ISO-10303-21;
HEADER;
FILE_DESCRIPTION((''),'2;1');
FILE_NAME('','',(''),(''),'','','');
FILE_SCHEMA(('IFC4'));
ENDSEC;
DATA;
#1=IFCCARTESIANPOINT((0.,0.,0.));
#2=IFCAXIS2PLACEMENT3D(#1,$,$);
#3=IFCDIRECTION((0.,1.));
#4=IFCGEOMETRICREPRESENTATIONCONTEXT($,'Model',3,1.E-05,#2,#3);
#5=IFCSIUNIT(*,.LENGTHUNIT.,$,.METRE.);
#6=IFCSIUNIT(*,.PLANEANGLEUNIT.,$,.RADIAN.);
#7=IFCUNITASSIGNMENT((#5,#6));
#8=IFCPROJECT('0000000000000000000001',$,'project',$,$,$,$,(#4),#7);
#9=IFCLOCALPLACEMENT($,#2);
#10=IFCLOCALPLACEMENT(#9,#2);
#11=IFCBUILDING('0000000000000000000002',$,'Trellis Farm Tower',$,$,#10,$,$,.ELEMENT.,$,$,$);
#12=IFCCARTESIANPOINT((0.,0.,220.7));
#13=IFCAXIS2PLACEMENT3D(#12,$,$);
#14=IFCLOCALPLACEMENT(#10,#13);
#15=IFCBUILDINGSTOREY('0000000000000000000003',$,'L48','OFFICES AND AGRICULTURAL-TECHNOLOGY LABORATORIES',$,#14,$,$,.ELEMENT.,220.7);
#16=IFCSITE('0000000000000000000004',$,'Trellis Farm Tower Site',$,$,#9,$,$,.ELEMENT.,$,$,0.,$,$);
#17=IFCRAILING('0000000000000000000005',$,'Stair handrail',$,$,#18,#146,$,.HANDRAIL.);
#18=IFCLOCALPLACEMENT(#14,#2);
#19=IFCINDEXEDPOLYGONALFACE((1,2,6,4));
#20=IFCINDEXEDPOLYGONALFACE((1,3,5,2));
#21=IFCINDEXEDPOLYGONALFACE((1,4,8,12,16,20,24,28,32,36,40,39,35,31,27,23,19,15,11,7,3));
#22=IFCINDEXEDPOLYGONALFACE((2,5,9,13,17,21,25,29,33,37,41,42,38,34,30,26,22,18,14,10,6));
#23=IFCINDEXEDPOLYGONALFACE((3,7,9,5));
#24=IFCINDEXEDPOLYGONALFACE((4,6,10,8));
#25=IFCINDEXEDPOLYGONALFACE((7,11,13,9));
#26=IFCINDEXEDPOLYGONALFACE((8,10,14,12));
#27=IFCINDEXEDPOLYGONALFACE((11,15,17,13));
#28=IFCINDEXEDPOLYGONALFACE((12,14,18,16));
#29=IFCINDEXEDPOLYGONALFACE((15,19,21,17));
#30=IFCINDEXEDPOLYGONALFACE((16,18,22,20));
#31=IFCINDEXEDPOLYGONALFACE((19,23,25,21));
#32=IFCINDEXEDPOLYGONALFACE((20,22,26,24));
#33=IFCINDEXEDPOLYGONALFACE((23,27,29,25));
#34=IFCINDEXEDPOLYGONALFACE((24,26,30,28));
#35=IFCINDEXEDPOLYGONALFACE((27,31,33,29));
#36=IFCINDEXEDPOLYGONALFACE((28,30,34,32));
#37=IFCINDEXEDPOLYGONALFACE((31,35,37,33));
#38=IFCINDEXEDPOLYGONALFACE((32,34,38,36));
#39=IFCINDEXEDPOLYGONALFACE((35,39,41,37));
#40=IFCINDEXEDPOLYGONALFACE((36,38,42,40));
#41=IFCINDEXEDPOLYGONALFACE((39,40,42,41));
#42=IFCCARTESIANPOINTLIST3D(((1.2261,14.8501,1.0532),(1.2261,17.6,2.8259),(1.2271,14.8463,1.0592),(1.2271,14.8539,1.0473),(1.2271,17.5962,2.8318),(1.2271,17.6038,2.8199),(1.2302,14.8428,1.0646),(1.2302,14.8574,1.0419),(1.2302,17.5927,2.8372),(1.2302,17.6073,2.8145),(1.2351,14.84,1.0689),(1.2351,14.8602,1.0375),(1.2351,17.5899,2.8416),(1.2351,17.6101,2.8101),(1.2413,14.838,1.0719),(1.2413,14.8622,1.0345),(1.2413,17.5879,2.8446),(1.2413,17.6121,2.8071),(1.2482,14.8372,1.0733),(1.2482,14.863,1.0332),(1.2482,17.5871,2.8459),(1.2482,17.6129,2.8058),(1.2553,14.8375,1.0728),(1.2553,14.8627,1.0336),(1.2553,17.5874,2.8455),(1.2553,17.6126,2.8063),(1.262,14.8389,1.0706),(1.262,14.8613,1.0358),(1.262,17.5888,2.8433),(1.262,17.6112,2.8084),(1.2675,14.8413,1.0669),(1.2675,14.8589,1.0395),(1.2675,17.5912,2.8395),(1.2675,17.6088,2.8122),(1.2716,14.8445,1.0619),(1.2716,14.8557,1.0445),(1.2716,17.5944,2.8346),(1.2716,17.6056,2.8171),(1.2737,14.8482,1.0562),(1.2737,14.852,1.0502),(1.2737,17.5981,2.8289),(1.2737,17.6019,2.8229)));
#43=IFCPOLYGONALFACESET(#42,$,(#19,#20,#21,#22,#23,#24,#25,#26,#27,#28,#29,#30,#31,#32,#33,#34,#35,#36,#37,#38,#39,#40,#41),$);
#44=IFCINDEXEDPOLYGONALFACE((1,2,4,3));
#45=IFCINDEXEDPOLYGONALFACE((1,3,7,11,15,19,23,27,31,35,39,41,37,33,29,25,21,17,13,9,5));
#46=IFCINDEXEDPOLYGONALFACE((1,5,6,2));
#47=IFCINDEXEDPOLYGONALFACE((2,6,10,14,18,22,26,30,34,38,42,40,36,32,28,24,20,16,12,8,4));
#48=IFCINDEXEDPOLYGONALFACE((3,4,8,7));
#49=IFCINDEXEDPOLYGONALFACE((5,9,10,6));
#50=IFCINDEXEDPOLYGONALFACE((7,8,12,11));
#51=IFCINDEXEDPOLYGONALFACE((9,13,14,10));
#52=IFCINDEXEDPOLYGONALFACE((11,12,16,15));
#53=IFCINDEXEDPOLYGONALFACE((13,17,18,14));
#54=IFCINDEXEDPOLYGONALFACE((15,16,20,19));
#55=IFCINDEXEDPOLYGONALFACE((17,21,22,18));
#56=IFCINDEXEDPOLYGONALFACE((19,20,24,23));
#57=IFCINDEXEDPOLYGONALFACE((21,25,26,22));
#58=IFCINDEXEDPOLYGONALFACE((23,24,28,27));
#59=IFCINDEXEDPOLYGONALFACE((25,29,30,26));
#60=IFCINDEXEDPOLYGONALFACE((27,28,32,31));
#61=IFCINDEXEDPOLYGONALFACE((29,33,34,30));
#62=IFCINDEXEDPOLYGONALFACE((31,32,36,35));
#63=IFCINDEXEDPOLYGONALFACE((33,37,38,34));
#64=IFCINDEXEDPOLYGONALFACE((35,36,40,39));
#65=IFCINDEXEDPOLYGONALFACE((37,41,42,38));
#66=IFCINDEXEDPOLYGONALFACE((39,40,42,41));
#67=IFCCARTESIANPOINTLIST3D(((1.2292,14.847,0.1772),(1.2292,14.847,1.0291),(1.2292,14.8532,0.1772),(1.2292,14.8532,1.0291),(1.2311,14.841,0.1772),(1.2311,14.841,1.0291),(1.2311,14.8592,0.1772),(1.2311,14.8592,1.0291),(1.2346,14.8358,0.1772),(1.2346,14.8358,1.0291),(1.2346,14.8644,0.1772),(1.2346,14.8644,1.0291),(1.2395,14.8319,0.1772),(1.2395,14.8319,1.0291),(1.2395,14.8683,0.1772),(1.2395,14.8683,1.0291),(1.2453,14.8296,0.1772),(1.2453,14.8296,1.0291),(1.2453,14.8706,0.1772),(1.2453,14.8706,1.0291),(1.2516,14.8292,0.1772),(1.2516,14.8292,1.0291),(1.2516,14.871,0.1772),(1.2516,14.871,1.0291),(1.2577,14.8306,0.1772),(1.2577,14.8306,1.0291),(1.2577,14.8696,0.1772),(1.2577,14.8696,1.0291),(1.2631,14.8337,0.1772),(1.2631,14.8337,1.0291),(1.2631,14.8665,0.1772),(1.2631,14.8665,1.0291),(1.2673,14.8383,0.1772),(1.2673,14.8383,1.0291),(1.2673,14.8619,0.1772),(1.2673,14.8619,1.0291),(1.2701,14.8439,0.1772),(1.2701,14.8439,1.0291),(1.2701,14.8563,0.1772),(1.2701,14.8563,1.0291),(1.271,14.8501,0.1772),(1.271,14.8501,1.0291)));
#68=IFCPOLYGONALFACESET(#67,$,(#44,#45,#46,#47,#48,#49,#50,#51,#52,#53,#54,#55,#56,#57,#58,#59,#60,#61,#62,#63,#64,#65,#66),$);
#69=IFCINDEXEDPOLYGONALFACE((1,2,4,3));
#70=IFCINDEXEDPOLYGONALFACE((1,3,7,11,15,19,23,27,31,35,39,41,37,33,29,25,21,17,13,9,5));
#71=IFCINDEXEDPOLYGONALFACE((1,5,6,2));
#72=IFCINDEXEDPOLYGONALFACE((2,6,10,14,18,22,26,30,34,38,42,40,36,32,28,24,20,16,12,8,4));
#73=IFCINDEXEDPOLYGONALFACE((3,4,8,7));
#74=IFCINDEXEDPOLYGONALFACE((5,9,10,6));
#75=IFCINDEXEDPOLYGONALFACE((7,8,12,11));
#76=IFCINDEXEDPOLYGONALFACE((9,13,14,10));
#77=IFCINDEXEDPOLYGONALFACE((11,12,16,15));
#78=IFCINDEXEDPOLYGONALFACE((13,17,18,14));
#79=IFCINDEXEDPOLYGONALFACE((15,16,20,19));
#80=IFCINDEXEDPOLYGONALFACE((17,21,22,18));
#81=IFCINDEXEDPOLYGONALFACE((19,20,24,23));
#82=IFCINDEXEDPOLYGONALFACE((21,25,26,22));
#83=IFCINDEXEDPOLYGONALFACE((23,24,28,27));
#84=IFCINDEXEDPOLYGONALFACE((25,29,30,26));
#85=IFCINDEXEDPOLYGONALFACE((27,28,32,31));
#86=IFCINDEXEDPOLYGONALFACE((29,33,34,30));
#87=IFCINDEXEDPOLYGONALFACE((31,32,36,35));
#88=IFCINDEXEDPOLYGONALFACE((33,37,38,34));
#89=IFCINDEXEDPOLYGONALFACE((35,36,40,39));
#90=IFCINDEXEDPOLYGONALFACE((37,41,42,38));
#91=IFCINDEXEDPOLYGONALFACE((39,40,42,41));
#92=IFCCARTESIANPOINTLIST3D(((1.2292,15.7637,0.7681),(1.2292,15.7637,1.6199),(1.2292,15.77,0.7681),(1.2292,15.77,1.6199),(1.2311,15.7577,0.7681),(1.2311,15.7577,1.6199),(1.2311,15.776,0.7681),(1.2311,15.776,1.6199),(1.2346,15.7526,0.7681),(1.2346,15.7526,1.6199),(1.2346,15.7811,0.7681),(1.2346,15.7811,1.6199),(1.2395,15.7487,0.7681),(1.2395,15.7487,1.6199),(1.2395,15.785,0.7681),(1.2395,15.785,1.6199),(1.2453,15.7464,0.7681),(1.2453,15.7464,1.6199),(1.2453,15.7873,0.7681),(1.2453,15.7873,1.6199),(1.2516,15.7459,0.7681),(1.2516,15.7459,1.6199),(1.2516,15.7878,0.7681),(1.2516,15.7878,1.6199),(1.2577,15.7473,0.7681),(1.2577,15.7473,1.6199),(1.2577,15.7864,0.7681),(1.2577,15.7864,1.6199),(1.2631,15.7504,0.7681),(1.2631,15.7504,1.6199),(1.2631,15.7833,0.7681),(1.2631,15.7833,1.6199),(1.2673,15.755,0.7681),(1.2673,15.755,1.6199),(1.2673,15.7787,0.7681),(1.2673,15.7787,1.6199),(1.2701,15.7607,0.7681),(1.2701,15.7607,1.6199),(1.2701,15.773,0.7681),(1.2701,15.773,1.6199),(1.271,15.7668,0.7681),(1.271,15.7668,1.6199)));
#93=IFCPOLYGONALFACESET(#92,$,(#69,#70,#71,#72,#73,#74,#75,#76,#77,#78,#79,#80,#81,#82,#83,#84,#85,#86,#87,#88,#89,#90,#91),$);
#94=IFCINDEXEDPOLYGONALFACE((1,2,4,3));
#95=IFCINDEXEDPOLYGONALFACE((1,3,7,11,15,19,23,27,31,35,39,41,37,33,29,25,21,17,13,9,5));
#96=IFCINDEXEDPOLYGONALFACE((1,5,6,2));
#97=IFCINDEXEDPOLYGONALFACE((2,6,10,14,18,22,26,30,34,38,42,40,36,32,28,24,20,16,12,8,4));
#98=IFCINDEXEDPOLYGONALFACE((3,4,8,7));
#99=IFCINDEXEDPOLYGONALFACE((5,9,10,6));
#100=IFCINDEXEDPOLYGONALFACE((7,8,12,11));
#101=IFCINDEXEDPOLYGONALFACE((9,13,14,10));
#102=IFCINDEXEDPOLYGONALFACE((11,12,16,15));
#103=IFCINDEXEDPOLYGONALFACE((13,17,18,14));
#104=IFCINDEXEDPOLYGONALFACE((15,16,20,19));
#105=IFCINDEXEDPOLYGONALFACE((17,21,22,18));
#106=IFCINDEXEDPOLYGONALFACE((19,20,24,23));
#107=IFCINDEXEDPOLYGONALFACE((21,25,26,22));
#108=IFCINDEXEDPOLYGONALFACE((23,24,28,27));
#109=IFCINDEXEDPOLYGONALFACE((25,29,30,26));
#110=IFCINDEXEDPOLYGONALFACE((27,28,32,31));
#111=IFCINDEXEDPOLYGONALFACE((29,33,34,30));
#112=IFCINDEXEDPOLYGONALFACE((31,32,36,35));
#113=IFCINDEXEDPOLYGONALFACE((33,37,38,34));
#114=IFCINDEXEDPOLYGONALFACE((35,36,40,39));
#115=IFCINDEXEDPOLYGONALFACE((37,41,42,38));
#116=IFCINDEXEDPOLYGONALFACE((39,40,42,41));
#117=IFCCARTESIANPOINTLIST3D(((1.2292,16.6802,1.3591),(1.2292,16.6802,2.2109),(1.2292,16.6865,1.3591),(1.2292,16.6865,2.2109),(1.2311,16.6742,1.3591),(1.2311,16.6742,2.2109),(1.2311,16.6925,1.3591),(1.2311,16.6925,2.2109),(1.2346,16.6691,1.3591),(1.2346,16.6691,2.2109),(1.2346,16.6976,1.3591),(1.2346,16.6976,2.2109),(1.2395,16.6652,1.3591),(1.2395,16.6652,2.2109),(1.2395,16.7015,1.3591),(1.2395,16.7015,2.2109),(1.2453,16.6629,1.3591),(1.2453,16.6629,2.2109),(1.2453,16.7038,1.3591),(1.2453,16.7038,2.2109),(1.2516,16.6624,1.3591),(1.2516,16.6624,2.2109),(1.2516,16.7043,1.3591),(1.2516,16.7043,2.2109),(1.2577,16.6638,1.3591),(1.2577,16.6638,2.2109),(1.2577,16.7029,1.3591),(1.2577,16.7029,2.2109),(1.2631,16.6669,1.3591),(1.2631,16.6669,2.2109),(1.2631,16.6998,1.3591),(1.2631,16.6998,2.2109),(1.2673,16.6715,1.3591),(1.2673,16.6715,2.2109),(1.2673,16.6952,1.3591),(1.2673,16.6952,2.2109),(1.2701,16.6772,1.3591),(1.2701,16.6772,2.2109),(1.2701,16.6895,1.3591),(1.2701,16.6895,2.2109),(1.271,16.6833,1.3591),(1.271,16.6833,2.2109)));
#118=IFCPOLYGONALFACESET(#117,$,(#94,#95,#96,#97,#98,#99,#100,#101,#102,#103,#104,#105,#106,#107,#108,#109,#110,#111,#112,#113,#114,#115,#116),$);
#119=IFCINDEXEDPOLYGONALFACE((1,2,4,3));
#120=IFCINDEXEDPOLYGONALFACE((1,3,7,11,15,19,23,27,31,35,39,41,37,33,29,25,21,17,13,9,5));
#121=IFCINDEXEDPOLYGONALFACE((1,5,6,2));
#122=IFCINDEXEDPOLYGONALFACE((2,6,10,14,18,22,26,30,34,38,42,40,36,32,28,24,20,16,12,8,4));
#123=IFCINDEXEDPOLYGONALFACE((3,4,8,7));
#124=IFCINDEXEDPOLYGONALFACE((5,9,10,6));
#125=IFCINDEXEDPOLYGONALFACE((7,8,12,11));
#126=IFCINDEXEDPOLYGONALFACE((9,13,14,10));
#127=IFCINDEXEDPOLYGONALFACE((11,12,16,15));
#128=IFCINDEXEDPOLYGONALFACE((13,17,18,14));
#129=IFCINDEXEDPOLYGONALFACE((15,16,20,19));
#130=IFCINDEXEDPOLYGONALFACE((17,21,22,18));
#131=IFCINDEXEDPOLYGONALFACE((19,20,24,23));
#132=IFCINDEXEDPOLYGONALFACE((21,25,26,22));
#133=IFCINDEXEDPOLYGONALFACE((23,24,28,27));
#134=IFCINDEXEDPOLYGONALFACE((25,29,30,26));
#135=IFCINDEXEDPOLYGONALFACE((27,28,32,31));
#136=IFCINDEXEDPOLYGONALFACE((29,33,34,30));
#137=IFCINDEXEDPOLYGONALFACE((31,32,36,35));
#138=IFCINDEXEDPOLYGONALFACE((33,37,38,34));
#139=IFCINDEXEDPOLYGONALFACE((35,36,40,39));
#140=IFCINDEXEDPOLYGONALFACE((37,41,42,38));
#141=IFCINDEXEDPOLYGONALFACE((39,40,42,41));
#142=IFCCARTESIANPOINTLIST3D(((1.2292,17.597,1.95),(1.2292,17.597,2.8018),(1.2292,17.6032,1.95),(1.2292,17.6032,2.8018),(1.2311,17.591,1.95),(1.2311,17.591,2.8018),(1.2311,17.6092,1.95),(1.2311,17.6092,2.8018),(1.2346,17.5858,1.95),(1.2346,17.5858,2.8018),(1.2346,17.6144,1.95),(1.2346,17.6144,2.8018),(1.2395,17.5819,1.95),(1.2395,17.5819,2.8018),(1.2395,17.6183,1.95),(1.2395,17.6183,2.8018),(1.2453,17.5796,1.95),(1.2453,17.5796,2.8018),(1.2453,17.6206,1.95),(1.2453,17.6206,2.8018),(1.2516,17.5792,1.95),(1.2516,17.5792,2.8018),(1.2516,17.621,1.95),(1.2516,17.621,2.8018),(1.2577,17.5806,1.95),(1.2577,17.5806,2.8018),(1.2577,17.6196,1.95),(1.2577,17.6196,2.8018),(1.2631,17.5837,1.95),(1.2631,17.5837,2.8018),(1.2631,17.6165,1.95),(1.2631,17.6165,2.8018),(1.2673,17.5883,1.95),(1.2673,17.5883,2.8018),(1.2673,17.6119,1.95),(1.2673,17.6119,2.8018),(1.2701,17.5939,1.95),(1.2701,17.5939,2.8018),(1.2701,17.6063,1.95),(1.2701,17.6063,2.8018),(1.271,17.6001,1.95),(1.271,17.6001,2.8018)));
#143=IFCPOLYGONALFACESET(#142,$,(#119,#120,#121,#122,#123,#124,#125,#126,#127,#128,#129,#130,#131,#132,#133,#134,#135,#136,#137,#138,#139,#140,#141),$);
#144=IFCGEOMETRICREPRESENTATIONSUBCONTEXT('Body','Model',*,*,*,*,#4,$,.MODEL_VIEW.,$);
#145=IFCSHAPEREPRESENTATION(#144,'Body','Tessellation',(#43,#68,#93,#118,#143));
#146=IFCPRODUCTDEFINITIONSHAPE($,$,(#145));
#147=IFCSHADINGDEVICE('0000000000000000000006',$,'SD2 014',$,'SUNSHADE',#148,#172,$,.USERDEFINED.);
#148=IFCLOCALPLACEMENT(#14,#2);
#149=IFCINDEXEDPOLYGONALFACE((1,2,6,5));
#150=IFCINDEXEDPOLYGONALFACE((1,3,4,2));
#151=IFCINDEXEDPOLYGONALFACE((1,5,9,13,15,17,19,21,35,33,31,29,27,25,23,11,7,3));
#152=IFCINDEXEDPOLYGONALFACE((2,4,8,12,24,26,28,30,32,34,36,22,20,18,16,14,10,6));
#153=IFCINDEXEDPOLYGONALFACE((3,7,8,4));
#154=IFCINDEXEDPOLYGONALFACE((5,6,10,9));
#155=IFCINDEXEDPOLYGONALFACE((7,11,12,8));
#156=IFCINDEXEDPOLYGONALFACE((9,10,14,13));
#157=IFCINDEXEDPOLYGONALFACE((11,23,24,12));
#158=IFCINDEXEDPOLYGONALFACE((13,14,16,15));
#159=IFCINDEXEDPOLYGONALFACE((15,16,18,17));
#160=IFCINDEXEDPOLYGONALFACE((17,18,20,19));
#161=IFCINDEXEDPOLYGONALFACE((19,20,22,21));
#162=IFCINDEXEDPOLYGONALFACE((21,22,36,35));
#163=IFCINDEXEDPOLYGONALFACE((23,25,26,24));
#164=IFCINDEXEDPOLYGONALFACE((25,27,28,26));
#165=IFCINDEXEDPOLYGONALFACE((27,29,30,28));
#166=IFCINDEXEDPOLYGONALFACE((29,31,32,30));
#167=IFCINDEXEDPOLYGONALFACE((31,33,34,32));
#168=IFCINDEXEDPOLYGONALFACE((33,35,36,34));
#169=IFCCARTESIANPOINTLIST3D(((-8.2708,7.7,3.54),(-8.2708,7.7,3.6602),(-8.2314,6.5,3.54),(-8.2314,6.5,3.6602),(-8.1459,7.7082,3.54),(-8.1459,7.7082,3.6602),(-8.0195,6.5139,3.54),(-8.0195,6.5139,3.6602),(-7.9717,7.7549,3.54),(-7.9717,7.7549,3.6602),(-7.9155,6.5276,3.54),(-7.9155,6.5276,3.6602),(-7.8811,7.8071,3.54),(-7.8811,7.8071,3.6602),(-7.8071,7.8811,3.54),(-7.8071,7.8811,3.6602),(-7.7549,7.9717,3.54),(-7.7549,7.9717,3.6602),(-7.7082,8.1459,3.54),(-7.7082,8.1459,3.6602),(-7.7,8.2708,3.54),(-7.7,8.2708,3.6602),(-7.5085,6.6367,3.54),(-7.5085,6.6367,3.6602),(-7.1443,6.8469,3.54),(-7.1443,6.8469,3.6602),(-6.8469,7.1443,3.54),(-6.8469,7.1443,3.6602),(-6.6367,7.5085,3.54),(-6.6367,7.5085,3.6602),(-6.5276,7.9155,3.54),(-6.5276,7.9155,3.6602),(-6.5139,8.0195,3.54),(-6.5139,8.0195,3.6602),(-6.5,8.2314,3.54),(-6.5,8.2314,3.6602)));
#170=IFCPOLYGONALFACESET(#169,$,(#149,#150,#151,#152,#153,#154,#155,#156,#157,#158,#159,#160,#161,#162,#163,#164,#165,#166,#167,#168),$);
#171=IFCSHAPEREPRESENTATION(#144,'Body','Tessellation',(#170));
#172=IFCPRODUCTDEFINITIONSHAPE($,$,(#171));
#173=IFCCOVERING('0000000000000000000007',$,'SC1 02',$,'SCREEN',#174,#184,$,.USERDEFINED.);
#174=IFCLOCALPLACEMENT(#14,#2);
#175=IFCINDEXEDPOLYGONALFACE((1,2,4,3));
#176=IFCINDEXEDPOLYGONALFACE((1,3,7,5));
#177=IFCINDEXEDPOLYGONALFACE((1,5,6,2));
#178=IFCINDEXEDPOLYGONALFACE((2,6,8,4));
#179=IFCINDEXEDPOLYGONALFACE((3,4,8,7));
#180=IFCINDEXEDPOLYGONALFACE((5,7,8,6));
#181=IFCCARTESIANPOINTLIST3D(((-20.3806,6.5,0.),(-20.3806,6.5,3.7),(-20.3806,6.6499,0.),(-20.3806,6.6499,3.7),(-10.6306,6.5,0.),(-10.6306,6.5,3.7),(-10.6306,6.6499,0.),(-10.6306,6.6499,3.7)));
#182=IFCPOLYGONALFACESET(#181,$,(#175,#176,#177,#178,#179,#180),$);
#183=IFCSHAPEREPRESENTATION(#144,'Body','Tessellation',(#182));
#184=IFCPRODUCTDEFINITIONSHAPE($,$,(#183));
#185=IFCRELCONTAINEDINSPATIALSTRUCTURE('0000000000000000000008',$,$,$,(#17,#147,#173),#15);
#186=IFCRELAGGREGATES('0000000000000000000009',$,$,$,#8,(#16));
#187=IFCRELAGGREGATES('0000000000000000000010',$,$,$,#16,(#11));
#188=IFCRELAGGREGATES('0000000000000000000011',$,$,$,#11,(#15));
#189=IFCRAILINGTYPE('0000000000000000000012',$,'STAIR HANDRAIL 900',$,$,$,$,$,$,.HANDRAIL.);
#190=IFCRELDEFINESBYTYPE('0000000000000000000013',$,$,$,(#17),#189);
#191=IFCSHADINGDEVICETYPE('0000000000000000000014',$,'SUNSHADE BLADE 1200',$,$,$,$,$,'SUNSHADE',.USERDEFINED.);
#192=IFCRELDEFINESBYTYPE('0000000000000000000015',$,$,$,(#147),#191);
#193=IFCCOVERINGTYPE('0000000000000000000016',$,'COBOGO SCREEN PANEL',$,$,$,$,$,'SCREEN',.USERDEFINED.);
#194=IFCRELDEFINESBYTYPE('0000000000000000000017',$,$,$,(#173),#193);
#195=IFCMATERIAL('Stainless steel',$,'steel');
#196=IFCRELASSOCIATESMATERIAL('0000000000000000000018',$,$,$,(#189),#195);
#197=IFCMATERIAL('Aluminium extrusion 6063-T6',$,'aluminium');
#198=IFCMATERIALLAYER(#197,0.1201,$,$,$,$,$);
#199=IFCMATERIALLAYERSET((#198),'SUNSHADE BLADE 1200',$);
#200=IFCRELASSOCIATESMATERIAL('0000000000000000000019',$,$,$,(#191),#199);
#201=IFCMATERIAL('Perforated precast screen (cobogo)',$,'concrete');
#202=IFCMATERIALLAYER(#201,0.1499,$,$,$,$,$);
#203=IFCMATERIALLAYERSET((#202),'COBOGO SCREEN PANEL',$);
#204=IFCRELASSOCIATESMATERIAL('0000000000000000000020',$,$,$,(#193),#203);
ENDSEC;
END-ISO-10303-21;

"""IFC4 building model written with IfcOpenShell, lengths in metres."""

from ifc_helpers import new_model, si_unit, direction, frame, origin, origin_2d, place, context, subcontext, project, spatial, polyline, circle, outline, extrude, source, transform, mapped, material, layer, layer_set, type_object, element, save


model = new_model("IFC4")

# Units and contexts
model_context = context("Model", 3, precision=1e-05, world=origin(), true_north=direction((0.0, 1.0)))
body_context = subcontext(model_context, "Body", "Model", "MODEL_VIEW")
ifc_project = project(units=[si_unit("LENGTHUNIT", "METRE"), si_unit("PLANEANGLEUNIT", "RADIAN")], contexts=[model_context])

# Site, building, storey
site_placement = place(None, origin())
site = spatial("IfcSite", under=ifc_project, at=site_placement, Name="Trellis Farm Tower Site", CompositionType="ELEMENT", RefElevation=0.0)
building_placement = place(site_placement, origin())
building = spatial("IfcBuilding", under=site, at=building_placement, Name="Trellis Farm Tower", CompositionType="ELEMENT")
storey_placement = place(building_placement, frame((0.0, 0.0, 220.7)))
storey = spatial("IfcBuildingStorey", under=building, at=storey_placement, Name="L48", Description="OFFICES AND AGRICULTURAL-TECHNOLOGY LABORATORIES", CompositionType="ELEMENT", Elevation=220.7)

# Shared definitions
placement_1 = place(storey_placement, origin())
ifc_material_1 = material(Name="Aluminium extrusion 6063-T6", Category="aluminium")

# Railing
ifc_material_2 = material(Name="Stainless steel", Category="steel")
railing_type = type_object("IfcRailingType", Name="STAIR HANDRAIL 900", PredefinedType="HANDRAIL", material=ifc_material_2)
shared_shape_1 = source(origin(), body_context, "Body", "SweptSolid", [
    extrude(circle(Radius=0.0239, at=origin_2d()), frame((0.0, 0.0, 0.876), z_axis=(0.0, 0.840504, 0.541806), x_axis=(-1.0, 0.0, 0.0)), (0.0, 0.0, 1.0), 3.2717),
    extrude(circle(Radius=0.021, at=origin_2d()), origin(), (0.0, 0.0, 1.0), 0.8518),
    extrude(circle(Radius=0.021, at=origin_2d()), frame((0.0, 0.9167, 0.5908)), (0.0, 0.0, 1.0), 0.8518),
    extrude(circle(Radius=0.021, at=origin_2d()), frame((0.0, 1.8333, 1.1819)), (0.0, 0.0, 1.0), 0.8518),
    extrude(circle(Radius=0.021, at=origin_2d()), frame((0.0, 2.75, 1.7727)), (0.0, 0.0, 1.0), 0.8518),
])
railing_placement = place(storey_placement, frame((1.25, 14.8501, 0.1772)))
element("IfcRailing", 1, at=railing_placement, inside=storey, type_object=railing_type, Name="Stair handrail", PredefinedType="HANDRAIL", context=body_context, shape_type="MappedRepresentation", body=[
    mapped(shared_shape_1, transform((0.0, 0.0, 0.0))),
])

# Shading device
ifc_layer_1 = layer(ifc_material_1, 0.1201)
ifc_layer_set_1 = layer_set([ifc_layer_1], Name="SUNSHADE BLADE 1200")
shading_device_type_1 = type_object("IfcShadingDeviceType", Name="SUNSHADE BLADE 1200", ElementType="SUNSHADE", PredefinedType="USERDEFINED", material=ifc_layer_set_1)
shared_shape_2 = source(origin(), body_context, "Body", "SweptSolid", [
    extrude(outline(polyline([(-7.7, 8.2708), (-7.7087, 8.1372), (-7.707, 8.1501), (-7.7549, 7.9717), (-7.8071, 7.8811), (-7.8811, 7.8071), (-7.9717, 7.7549), (-8.1501, 7.707), (-8.1372, 7.7087), (-8.2708, 7.7), (-8.2314, 6.5), (-8.0195, 6.5139), (-7.9155, 6.5276), (-7.5085, 6.6367), (-7.1443, 6.8469), (-6.8469, 7.1443), (-6.6367, 7.5085), (-6.5276, 7.9155), (-6.5139, 8.0195), (-6.5, 8.2314), (-7.7, 8.2708)])), origin(), (0.0, 0.0, 1.0), 0.1201),
])
placement_2 = place(storey_placement, frame((0.0, 0.0, 3.54)))
element("IfcShadingDevice", 2, at=placement_2, inside=storey, type_object=shading_device_type_1, Name="SD2 014", ObjectType="SUNSHADE", PredefinedType="USERDEFINED", context=body_context, shape_type="MappedRepresentation", body=[
    mapped(shared_shape_2, transform((0.0, 0.0, 0.0))),
])

# Covering
ifc_material_3 = material(Name="Perforated precast screen (cobogo)", Category="concrete")
ifc_layer_2 = layer(ifc_material_3, 0.1499)
ifc_layer_set_2 = layer_set([ifc_layer_2], Name="COBOGO SCREEN PANEL")
covering_type = type_object("IfcCoveringType", Name="COBOGO SCREEN PANEL", ElementType="SCREEN", PredefinedType="USERDEFINED", material=ifc_layer_set_2)
shared_shape_3 = source(origin(), body_context, "Body", "SweptSolid", [
    extrude(outline(polyline([(-10.6306, 6.6499), (-20.3806, 6.6499), (-20.3806, 6.5), (-10.6306, 6.5), (-10.6306, 6.6499)])), origin(), (0.0, 0.0, 1.0), 3.7),
])
element("IfcCovering", 3, at=placement_1, inside=storey, type_object=covering_type, Name="SC1 02", ObjectType="SCREEN", PredefinedType="USERDEFINED", context=body_context, shape_type="MappedRepresentation", body=[
    mapped(shared_shape_3, transform((0.0, 0.0, 0.0))),
])

save(model, "model.ifc")
